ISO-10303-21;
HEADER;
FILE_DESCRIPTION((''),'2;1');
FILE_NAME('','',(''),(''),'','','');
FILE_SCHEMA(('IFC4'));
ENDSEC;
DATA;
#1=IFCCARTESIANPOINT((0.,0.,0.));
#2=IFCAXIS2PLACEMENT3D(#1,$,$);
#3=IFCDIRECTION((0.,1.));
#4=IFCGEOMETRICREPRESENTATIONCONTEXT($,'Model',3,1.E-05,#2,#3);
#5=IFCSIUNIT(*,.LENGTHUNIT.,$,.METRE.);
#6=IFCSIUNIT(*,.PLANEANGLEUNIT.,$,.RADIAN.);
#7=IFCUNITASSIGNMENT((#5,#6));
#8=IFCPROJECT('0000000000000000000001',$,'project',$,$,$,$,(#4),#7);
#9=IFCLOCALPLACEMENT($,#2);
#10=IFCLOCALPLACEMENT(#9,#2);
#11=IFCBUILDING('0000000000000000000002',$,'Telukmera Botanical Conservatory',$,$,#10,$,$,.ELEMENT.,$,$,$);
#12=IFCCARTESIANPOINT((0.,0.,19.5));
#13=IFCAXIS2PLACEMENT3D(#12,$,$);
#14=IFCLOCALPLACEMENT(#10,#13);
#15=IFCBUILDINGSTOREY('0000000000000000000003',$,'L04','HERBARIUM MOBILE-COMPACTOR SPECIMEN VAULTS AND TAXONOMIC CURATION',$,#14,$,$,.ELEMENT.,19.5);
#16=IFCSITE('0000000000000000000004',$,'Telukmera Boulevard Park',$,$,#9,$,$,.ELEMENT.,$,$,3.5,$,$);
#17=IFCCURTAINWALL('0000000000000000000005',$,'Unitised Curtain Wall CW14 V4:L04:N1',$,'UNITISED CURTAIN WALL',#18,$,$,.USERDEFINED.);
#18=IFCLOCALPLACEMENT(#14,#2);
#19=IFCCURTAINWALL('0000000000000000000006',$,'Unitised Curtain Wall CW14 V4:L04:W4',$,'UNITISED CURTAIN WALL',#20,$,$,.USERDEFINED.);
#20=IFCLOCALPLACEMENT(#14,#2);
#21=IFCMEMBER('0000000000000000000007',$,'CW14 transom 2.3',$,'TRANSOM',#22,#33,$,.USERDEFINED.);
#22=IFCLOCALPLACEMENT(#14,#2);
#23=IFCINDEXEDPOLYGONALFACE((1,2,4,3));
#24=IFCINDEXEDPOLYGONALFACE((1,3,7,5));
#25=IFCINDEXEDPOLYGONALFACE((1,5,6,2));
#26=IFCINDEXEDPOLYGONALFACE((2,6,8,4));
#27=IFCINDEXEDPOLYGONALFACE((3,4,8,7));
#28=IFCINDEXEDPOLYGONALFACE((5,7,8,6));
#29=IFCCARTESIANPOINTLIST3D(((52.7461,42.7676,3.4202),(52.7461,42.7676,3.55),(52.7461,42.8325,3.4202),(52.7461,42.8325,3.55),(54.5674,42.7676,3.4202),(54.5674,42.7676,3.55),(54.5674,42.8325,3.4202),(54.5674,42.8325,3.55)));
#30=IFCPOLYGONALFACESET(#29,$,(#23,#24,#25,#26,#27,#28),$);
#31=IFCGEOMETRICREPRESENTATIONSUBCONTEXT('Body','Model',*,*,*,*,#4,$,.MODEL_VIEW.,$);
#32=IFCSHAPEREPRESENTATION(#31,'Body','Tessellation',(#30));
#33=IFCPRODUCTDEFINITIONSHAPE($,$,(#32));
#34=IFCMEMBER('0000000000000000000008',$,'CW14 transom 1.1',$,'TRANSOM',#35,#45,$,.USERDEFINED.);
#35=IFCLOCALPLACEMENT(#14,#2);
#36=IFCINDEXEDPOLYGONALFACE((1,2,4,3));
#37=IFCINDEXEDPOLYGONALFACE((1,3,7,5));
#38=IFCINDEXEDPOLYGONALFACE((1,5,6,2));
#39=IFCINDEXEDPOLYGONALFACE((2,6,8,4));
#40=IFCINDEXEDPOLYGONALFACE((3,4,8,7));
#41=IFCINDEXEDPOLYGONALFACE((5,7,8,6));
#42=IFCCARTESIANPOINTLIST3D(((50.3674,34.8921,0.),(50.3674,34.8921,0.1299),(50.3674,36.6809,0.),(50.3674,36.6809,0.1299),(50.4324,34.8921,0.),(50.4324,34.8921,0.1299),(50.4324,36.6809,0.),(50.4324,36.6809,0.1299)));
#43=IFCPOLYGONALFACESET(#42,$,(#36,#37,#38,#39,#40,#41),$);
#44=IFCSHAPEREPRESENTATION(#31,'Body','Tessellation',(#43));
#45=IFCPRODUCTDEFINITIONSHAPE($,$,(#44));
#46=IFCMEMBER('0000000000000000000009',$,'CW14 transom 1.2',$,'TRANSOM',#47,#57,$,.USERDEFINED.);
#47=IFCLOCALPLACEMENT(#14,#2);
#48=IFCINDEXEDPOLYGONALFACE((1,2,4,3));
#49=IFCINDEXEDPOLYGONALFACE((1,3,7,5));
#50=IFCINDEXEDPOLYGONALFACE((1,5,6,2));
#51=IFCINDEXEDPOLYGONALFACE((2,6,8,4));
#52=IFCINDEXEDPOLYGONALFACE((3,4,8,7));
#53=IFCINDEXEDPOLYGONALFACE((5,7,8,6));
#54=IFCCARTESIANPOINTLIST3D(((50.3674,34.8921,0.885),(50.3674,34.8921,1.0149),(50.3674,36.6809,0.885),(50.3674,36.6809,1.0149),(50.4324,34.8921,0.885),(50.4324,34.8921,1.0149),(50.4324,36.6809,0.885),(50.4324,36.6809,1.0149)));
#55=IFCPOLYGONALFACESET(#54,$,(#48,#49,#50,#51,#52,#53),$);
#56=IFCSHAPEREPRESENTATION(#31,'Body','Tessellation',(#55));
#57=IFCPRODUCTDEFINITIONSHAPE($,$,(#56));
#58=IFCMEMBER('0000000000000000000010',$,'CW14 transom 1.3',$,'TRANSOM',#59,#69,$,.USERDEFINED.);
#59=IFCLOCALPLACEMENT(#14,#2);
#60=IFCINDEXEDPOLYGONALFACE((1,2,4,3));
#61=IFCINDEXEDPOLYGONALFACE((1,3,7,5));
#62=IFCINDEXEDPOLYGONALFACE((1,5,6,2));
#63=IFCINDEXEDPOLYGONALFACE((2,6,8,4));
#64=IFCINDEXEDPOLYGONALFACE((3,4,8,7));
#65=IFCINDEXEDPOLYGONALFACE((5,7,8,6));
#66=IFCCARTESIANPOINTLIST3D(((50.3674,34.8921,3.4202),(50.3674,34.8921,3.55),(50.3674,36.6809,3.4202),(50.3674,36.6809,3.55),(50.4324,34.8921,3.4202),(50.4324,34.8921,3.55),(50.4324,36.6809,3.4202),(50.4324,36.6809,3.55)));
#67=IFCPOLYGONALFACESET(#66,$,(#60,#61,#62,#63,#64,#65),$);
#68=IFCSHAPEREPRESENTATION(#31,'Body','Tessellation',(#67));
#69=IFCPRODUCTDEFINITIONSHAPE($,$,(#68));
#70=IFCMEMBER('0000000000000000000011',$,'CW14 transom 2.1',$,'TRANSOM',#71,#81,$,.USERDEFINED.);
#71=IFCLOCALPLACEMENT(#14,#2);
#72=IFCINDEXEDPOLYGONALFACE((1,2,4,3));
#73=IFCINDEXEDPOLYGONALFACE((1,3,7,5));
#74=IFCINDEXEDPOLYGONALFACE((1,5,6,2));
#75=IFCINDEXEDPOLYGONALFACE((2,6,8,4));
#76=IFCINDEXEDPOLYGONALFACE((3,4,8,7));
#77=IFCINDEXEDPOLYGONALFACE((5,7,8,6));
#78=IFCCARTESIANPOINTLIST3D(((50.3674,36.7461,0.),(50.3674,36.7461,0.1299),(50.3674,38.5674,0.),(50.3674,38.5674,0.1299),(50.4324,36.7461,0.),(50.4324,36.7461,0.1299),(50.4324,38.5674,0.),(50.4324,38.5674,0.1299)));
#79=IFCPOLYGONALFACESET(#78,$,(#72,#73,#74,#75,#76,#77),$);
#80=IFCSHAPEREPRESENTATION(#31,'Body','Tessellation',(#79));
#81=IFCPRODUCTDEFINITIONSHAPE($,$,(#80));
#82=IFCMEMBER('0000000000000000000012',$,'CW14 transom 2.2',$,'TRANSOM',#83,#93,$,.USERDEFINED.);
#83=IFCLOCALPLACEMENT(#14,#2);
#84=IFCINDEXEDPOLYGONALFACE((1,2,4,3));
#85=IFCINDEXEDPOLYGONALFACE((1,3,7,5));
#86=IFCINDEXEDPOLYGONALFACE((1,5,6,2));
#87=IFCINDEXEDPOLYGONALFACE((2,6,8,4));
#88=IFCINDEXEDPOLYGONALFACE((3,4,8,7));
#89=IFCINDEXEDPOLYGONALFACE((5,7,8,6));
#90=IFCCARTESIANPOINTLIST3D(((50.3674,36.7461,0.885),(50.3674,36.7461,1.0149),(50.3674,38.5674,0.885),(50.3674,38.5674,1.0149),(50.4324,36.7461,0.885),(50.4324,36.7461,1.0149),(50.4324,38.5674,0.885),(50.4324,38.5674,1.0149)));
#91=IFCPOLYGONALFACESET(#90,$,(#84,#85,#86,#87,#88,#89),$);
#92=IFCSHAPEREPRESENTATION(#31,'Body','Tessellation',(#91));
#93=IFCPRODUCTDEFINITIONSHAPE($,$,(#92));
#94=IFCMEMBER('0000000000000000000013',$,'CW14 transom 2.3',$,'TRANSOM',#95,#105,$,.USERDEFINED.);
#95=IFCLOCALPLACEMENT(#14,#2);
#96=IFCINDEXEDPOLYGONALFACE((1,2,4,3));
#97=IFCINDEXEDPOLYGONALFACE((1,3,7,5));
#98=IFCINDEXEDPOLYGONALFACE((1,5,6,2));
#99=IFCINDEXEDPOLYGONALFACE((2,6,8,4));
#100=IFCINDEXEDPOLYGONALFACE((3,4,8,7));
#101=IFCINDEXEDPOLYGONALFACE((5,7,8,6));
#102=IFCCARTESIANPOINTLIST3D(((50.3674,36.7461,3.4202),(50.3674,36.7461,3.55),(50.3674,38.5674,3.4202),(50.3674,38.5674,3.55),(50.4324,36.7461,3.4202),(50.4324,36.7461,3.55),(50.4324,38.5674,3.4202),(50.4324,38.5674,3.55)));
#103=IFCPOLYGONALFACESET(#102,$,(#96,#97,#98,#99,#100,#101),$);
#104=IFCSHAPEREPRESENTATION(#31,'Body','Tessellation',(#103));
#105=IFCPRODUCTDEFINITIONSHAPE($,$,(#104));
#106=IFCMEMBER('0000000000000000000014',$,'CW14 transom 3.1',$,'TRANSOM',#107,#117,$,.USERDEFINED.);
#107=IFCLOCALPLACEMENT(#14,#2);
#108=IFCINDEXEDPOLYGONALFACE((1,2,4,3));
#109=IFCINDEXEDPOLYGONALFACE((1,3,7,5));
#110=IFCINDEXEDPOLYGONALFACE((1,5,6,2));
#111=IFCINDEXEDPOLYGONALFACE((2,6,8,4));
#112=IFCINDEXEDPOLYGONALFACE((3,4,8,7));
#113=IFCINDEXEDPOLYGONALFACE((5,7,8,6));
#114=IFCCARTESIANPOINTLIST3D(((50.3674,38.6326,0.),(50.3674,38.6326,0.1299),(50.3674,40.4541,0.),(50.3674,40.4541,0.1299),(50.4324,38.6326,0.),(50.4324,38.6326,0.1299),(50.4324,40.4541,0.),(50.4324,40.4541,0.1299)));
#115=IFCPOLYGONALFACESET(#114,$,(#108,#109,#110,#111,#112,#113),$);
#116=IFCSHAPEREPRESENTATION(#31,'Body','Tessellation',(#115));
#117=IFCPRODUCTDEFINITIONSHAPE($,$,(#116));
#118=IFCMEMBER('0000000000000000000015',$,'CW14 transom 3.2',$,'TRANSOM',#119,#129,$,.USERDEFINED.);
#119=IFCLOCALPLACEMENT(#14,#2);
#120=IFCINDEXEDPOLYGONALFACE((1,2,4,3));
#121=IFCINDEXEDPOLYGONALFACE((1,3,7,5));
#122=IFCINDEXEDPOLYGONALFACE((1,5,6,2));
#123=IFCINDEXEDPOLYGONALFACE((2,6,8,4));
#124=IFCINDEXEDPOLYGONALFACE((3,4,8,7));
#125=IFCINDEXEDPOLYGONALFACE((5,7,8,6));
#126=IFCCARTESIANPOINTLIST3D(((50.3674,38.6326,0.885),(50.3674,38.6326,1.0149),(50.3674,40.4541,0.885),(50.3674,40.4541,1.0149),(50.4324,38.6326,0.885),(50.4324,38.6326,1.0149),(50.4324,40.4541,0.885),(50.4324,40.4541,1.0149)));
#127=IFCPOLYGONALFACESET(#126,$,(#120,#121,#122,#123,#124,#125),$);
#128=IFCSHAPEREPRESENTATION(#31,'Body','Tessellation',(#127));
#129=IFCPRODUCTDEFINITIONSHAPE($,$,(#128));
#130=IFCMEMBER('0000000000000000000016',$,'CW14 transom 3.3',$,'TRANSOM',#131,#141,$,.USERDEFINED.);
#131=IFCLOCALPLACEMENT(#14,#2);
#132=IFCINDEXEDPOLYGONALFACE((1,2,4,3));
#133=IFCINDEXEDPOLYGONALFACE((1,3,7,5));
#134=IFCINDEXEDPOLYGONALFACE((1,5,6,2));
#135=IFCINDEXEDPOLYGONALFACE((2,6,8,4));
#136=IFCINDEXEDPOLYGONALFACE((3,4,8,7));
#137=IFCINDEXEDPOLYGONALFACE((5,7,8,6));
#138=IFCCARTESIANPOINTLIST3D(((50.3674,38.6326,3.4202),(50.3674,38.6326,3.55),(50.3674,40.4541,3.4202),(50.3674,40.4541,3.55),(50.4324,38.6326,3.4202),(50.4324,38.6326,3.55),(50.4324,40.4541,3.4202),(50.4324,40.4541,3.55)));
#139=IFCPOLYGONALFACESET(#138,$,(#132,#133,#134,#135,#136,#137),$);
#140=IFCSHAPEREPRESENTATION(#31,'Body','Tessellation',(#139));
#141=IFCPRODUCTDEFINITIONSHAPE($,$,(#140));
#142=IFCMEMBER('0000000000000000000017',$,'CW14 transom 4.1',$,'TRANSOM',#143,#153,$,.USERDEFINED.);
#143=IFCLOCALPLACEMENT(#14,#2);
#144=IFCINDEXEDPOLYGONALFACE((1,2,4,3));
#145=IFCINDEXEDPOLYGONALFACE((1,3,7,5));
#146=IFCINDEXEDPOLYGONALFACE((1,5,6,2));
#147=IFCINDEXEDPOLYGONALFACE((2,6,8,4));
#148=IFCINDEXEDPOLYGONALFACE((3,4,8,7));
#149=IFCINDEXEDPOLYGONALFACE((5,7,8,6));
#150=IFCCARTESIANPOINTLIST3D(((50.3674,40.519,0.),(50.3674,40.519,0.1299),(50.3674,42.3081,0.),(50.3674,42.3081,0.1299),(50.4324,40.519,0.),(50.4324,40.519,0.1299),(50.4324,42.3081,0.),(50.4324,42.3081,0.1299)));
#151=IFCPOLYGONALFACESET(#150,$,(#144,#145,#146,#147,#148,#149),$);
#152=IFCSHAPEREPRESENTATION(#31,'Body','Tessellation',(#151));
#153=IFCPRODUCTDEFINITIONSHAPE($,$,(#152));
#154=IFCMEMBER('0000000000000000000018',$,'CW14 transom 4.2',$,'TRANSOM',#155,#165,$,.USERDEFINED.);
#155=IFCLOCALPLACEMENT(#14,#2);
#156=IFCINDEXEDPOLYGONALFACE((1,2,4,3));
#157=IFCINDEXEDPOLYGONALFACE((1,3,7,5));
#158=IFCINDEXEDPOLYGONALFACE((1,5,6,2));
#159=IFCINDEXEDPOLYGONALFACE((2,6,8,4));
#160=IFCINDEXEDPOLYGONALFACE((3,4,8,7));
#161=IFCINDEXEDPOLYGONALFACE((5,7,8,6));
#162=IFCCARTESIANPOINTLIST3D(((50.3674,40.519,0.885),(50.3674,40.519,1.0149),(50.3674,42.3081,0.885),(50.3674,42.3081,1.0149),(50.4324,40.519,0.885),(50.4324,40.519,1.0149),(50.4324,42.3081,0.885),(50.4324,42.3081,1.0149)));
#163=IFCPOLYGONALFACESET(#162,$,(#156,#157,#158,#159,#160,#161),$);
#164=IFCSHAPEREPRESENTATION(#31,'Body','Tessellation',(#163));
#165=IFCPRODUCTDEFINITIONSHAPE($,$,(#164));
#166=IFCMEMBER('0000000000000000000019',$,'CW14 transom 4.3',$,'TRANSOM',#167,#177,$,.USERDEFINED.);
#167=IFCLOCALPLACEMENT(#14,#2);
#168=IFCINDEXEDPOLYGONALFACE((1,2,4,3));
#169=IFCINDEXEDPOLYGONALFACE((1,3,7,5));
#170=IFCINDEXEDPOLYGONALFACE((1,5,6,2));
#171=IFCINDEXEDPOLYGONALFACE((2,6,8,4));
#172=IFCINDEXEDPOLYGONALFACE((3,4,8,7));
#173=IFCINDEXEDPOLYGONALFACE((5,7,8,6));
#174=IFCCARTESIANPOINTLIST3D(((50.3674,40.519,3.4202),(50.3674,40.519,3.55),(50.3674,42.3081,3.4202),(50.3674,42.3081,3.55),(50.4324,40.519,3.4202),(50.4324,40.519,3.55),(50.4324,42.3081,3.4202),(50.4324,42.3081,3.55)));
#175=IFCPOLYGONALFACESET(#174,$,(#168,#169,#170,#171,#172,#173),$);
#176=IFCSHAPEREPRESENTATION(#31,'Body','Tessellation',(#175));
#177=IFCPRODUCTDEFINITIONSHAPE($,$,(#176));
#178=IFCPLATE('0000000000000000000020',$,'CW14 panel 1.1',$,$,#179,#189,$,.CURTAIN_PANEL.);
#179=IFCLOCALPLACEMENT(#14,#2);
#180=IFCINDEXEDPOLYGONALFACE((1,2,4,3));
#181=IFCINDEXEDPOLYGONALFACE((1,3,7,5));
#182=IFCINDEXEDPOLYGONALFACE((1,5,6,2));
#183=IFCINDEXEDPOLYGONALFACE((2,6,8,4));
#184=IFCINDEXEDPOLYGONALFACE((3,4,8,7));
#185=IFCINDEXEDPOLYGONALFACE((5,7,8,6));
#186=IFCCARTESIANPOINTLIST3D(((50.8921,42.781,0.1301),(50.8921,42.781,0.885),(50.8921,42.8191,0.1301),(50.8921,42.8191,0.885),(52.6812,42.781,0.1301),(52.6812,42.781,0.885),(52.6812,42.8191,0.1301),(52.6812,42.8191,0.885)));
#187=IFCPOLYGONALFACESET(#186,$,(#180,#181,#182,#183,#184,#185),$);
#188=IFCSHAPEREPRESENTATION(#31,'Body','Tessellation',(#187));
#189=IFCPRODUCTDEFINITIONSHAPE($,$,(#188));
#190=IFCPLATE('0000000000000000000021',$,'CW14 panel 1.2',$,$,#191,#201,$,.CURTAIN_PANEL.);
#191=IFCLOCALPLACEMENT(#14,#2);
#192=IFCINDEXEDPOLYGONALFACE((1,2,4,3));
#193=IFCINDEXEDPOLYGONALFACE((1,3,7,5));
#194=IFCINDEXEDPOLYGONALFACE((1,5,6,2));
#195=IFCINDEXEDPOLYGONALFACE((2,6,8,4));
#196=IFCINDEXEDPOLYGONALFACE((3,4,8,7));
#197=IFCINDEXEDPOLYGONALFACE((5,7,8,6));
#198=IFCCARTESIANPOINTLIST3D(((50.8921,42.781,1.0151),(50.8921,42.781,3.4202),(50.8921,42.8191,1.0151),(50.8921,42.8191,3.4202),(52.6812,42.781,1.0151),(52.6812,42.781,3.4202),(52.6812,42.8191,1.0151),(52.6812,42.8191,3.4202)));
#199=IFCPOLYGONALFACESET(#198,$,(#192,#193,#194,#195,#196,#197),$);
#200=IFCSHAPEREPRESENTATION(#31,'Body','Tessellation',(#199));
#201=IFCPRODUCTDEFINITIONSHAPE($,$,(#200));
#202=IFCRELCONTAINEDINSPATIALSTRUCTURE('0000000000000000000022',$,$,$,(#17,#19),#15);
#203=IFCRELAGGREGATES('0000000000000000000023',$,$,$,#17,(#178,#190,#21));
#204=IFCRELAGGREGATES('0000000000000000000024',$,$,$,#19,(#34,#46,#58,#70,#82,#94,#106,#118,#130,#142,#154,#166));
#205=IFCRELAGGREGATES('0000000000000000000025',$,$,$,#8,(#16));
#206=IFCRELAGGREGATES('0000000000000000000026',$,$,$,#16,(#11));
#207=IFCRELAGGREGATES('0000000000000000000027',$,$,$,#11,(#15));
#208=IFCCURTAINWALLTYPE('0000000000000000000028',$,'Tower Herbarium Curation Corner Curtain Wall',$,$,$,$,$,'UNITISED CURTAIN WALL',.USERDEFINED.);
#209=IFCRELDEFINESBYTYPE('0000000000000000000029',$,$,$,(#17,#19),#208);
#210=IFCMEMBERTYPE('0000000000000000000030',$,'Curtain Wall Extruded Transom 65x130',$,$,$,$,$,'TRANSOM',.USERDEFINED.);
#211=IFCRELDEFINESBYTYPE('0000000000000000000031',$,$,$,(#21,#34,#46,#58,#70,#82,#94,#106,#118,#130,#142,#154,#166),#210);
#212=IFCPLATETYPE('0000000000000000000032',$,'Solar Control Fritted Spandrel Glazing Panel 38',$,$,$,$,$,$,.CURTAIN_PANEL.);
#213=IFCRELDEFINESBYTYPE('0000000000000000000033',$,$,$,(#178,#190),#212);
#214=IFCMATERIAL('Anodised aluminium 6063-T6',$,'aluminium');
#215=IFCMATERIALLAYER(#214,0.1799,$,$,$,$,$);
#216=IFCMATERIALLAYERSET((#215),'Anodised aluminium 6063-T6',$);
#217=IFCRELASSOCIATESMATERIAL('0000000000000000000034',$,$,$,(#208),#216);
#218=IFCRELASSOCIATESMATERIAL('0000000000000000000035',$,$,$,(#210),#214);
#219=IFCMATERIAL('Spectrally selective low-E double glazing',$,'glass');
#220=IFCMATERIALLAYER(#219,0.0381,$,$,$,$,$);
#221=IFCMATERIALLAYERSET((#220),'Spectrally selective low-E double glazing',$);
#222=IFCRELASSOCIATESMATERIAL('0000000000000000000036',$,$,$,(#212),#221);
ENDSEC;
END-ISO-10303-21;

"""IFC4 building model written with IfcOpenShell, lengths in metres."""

from ifc_helpers import new_model, si_unit, direction, frame, origin, origin_2d, place, context, subcontext, project, spatial, rectangle, extrude, material, layer, layer_set, material_profile, profile_set, type_object, element, aggregate, save


model = new_model("IFC4")

# Units and contexts
model_context = context("Model", 3, precision=1e-05, world=origin(), true_north=direction((0.0, 1.0)))
body_context = subcontext(model_context, "Body", "Model", "MODEL_VIEW")
ifc_project = project(units=[si_unit("LENGTHUNIT", "METRE"), si_unit("PLANEANGLEUNIT", "RADIAN")], contexts=[model_context])

# Site, building, storey
site_placement = place(None, origin())
site = spatial("IfcSite", under=ifc_project, at=site_placement, Name="Telukmera Boulevard Park", CompositionType="ELEMENT", RefElevation=3.5)
building_placement = place(site_placement, origin())
building = spatial("IfcBuilding", under=site, at=building_placement, Name="Telukmera Botanical Conservatory", CompositionType="ELEMENT")
storey_placement = place(building_placement, frame((0.0, 0.0, 19.5)))
storey = spatial("IfcBuildingStorey", under=building, at=storey_placement, Name="L04", Description="HERBARIUM MOBILE-COMPACTOR SPECIMEN VAULTS AND TAXONOMIC CURATION", CompositionType="ELEMENT", Elevation=19.5)

# Curtain walls
ifc_material_1 = material(Name="Anodised aluminium 6063-T6", Category="aluminium")
ifc_layer_1 = layer(ifc_material_1, 0.1799)
ifc_layer_set_1 = layer_set([ifc_layer_1], Name="Anodised aluminium 6063-T6")
curtain_wall_type = type_object("IfcCurtainWallType", Name="Tower Herbarium Curation Corner Curtain Wall", ElementType="UNITISED CURTAIN WALL", PredefinedType="USERDEFINED", material=ifc_layer_set_1)
curtain_wall_1_placement = place(storey_placement, origin())
curtain_wall_1 = element("IfcCurtainWall", 1, at=curtain_wall_1_placement, inside=storey, type_object=curtain_wall_type, Name="Unitised Curtain Wall CW14 V4:L04:N1", ObjectType="UNITISED CURTAIN WALL", PredefinedType="USERDEFINED")
curtain_wall_2_placement = place(storey_placement, origin())
curtain_wall_2 = element("IfcCurtainWall", 2, at=curtain_wall_2_placement, inside=storey, type_object=curtain_wall_type, Name="Unitised Curtain Wall CW14 V4:L04:W4", ObjectType="UNITISED CURTAIN WALL", PredefinedType="USERDEFINED")

# Members
ifc_material_profile_1 = material_profile(ifc_material_1, rectangle(XDim=0.0649, YDim=0.1299, at=origin_2d()), Name="ALU TRAN 65x130")
ifc_profile_set_1 = profile_set([ifc_material_profile_1], Name="Anodised aluminium 6063-T6")
member_type_1 = type_object("IfcMemberType", Name="Curtain Wall Extruded Transom 65x130", ElementType="TRANSOM", PredefinedType="USERDEFINED", material=ifc_profile_set_1)
member_1_placement = place(storey_placement, frame((52.7461, 42.8, 3.4851), z_axis=(1.0, 0.0, 0.0), x_axis=(0.0, 1.0, 0.0)))
member_1 = element("IfcMember", 3, at=member_1_placement, type_object=member_type_1, Name="CW14 transom 2.3", ObjectType="TRANSOM", PredefinedType="USERDEFINED", context=body_context, shape_type="SweptSolid", body=[
    extrude(rectangle(XDim=0.0649, YDim=0.1299, at=origin_2d()), origin(), (0.0, 0.0, 1.0), 1.8213),
])
member_2_placement = place(storey_placement, frame((50.3999, 34.8921, 0.0649), z_axis=(0.0, 1.0, 0.0), x_axis=(-1.0, 0.0, 0.0)))
member_2 = element("IfcMember", 4, at=member_2_placement, type_object=member_type_1, Name="CW14 transom 1.1", ObjectType="TRANSOM", PredefinedType="USERDEFINED", context=body_context, shape_type="SweptSolid", body=[
    extrude(rectangle(XDim=0.0649, YDim=0.1299, at=origin_2d()), origin(), (0.0, 0.0, 1.0), 1.7888),
])
member_3_placement = place(storey_placement, frame((50.3999, 34.8921, 0.95), z_axis=(0.0, 1.0, 0.0), x_axis=(-1.0, 0.0, 0.0)))
member_3 = element("IfcMember", 5, at=member_3_placement, type_object=member_type_1, Name="CW14 transom 1.2", ObjectType="TRANSOM", PredefinedType="USERDEFINED", context=body_context, shape_type="SweptSolid", body=[
    extrude(rectangle(XDim=0.0649, YDim=0.1299, at=origin_2d()), origin(), (0.0, 0.0, 1.0), 1.7888),
])
member_4_placement = place(storey_placement, frame((50.3999, 34.8921, 3.4851), z_axis=(0.0, 1.0, 0.0), x_axis=(-1.0, 0.0, 0.0)))
member_4 = element("IfcMember", 6, at=member_4_placement, type_object=member_type_1, Name="CW14 transom 1.3", ObjectType="TRANSOM", PredefinedType="USERDEFINED", context=body_context, shape_type="SweptSolid", body=[
    extrude(rectangle(XDim=0.0649, YDim=0.1299, at=origin_2d()), origin(), (0.0, 0.0, 1.0), 1.7888),
])
member_5_placement = place(storey_placement, frame((50.3999, 36.7461, 0.0649), z_axis=(0.0, 1.0, 0.0), x_axis=(-1.0, 0.0, 0.0)))
member_5 = element("IfcMember", 7, at=member_5_placement, type_object=member_type_1, Name="CW14 transom 2.1", ObjectType="TRANSOM", PredefinedType="USERDEFINED", context=body_context, shape_type="SweptSolid", body=[
    extrude(rectangle(XDim=0.0649, YDim=0.1299, at=origin_2d()), origin(), (0.0, 0.0, 1.0), 1.8213),
])
member_6_placement = place(storey_placement, frame((50.3999, 36.7461, 0.95), z_axis=(0.0, 1.0, 0.0), x_axis=(-1.0, 0.0, 0.0)))
member_6 = element("IfcMember", 8, at=member_6_placement, type_object=member_type_1, Name="CW14 transom 2.2", ObjectType="TRANSOM", PredefinedType="USERDEFINED", context=body_context, shape_type="SweptSolid", body=[
    extrude(rectangle(XDim=0.0649, YDim=0.1299, at=origin_2d()), origin(), (0.0, 0.0, 1.0), 1.8213),
])
member_7_placement = place(storey_placement, frame((50.3999, 36.7461, 3.4851), z_axis=(0.0, 1.0, 0.0), x_axis=(-1.0, 0.0, 0.0)))
member_7 = element("IfcMember", 9, at=member_7_placement, type_object=member_type_1, Name="CW14 transom 2.3", ObjectType="TRANSOM", PredefinedType="USERDEFINED", context=body_context, shape_type="SweptSolid", body=[
    extrude(rectangle(XDim=0.0649, YDim=0.1299, at=origin_2d()), origin(), (0.0, 0.0, 1.0), 1.8213),
])
member_8_placement = place(storey_placement, frame((50.3999, 38.6326, 0.0649), z_axis=(0.0, 1.0, 0.0), x_axis=(-1.0, 0.0, 0.0)))
member_8 = element("IfcMember", 10, at=member_8_placement, type_object=member_type_1, Name="CW14 transom 3.1", ObjectType="TRANSOM", PredefinedType="USERDEFINED", context=body_context, shape_type="SweptSolid", body=[
    extrude(rectangle(XDim=0.0649, YDim=0.1299, at=origin_2d()), origin(), (0.0, 0.0, 1.0), 1.8215),
])
member_9_placement = place(storey_placement, frame((50.3999, 38.6326, 0.95), z_axis=(0.0, 1.0, 0.0), x_axis=(-1.0, 0.0, 0.0)))
member_9 = element("IfcMember", 11, at=member_9_placement, type_object=member_type_1, Name="CW14 transom 3.2", ObjectType="TRANSOM", PredefinedType="USERDEFINED", context=body_context, shape_type="SweptSolid", body=[
    extrude(rectangle(XDim=0.0649, YDim=0.1299, at=origin_2d()), origin(), (0.0, 0.0, 1.0), 1.8215),
])
member_10_placement = place(storey_placement, frame((50.3999, 38.6326, 3.4851), z_axis=(0.0, 1.0, 0.0), x_axis=(-1.0, 0.0, 0.0)))
member_10 = element("IfcMember", 12, at=member_10_placement, type_object=member_type_1, Name="CW14 transom 3.3", ObjectType="TRANSOM", PredefinedType="USERDEFINED", context=body_context, shape_type="SweptSolid", body=[
    extrude(rectangle(XDim=0.0649, YDim=0.1299, at=origin_2d()), origin(), (0.0, 0.0, 1.0), 1.8215),
])
member_11_placement = place(storey_placement, frame((50.3999, 40.519, 0.0649), z_axis=(0.0, 1.0, 0.0), x_axis=(-1.0, 0.0, 0.0)))
member_11 = element("IfcMember", 13, at=member_11_placement, type_object=member_type_1, Name="CW14 transom 4.1", ObjectType="TRANSOM", PredefinedType="USERDEFINED", context=body_context, shape_type="SweptSolid", body=[
    extrude(rectangle(XDim=0.0649, YDim=0.1299, at=origin_2d()), origin(), (0.0, 0.0, 1.0), 1.7891),
])
member_12_placement = place(storey_placement, frame((50.3999, 40.519, 0.95), z_axis=(0.0, 1.0, 0.0), x_axis=(-1.0, 0.0, 0.0)))
member_12 = element("IfcMember", 14, at=member_12_placement, type_object=member_type_1, Name="CW14 transom 4.2", ObjectType="TRANSOM", PredefinedType="USERDEFINED", context=body_context, shape_type="SweptSolid", body=[
    extrude(rectangle(XDim=0.0649, YDim=0.1299, at=origin_2d()), origin(), (0.0, 0.0, 1.0), 1.7891),
])
member_13_placement = place(storey_placement, frame((50.3999, 40.519, 3.4851), z_axis=(0.0, 1.0, 0.0), x_axis=(-1.0, 0.0, 0.0)))
member_13 = element("IfcMember", 15, at=member_13_placement, type_object=member_type_1, Name="CW14 transom 4.3", ObjectType="TRANSOM", PredefinedType="USERDEFINED", context=body_context, shape_type="SweptSolid", body=[
    extrude(rectangle(XDim=0.0649, YDim=0.1299, at=origin_2d()), origin(), (0.0, 0.0, 1.0), 1.7891),
])

# Plates
ifc_material_2 = material(Name="Spectrally selective low-E double glazing", Category="glass")
ifc_layer_2 = layer(ifc_material_2, 0.0381)
ifc_layer_set_2 = layer_set([ifc_layer_2], Name="Spectrally selective low-E double glazing")
plate_type = type_object("IfcPlateType", Name="Solar Control Fritted Spandrel Glazing Panel 38", PredefinedType="CURTAIN_PANEL", material=ifc_layer_set_2)
plate_1_placement = place(storey_placement, frame((51.7866, 42.8, 0.1301), z_axis=(0.0, 0.0, 1.0), x_axis=(1.0, 0.0, 0.0)))
plate_1 = element("IfcPlate", 16, at=plate_1_placement, type_object=plate_type, Name="CW14 panel 1.1", PredefinedType="CURTAIN_PANEL", context=body_context, shape_type="SweptSolid", body=[
    extrude(rectangle(XDim=1.7891, YDim=0.0381, at=origin_2d()), origin(), (0.0, 0.0, 1.0), 0.7549),
])
plate_2_placement = place(storey_placement, frame((51.7866, 42.8, 1.0151), z_axis=(0.0, 0.0, 1.0), x_axis=(1.0, 0.0, 0.0)))
plate_2 = element("IfcPlate", 17, at=plate_2_placement, type_object=plate_type, Name="CW14 panel 1.2", PredefinedType="CURTAIN_PANEL", context=body_context, shape_type="SweptSolid", body=[
    extrude(rectangle(XDim=1.7891, YDim=0.0381, at=origin_2d()), origin(), (0.0, 0.0, 1.0), 2.405),
])
aggregate(curtain_wall_1, [plate_1, plate_2, member_1])
aggregate(curtain_wall_2, [member_2, member_3, member_4, member_5, member_6, member_7, member_8, member_9, member_10, member_11, member_12, member_13])

save(model, "model.ifc")
